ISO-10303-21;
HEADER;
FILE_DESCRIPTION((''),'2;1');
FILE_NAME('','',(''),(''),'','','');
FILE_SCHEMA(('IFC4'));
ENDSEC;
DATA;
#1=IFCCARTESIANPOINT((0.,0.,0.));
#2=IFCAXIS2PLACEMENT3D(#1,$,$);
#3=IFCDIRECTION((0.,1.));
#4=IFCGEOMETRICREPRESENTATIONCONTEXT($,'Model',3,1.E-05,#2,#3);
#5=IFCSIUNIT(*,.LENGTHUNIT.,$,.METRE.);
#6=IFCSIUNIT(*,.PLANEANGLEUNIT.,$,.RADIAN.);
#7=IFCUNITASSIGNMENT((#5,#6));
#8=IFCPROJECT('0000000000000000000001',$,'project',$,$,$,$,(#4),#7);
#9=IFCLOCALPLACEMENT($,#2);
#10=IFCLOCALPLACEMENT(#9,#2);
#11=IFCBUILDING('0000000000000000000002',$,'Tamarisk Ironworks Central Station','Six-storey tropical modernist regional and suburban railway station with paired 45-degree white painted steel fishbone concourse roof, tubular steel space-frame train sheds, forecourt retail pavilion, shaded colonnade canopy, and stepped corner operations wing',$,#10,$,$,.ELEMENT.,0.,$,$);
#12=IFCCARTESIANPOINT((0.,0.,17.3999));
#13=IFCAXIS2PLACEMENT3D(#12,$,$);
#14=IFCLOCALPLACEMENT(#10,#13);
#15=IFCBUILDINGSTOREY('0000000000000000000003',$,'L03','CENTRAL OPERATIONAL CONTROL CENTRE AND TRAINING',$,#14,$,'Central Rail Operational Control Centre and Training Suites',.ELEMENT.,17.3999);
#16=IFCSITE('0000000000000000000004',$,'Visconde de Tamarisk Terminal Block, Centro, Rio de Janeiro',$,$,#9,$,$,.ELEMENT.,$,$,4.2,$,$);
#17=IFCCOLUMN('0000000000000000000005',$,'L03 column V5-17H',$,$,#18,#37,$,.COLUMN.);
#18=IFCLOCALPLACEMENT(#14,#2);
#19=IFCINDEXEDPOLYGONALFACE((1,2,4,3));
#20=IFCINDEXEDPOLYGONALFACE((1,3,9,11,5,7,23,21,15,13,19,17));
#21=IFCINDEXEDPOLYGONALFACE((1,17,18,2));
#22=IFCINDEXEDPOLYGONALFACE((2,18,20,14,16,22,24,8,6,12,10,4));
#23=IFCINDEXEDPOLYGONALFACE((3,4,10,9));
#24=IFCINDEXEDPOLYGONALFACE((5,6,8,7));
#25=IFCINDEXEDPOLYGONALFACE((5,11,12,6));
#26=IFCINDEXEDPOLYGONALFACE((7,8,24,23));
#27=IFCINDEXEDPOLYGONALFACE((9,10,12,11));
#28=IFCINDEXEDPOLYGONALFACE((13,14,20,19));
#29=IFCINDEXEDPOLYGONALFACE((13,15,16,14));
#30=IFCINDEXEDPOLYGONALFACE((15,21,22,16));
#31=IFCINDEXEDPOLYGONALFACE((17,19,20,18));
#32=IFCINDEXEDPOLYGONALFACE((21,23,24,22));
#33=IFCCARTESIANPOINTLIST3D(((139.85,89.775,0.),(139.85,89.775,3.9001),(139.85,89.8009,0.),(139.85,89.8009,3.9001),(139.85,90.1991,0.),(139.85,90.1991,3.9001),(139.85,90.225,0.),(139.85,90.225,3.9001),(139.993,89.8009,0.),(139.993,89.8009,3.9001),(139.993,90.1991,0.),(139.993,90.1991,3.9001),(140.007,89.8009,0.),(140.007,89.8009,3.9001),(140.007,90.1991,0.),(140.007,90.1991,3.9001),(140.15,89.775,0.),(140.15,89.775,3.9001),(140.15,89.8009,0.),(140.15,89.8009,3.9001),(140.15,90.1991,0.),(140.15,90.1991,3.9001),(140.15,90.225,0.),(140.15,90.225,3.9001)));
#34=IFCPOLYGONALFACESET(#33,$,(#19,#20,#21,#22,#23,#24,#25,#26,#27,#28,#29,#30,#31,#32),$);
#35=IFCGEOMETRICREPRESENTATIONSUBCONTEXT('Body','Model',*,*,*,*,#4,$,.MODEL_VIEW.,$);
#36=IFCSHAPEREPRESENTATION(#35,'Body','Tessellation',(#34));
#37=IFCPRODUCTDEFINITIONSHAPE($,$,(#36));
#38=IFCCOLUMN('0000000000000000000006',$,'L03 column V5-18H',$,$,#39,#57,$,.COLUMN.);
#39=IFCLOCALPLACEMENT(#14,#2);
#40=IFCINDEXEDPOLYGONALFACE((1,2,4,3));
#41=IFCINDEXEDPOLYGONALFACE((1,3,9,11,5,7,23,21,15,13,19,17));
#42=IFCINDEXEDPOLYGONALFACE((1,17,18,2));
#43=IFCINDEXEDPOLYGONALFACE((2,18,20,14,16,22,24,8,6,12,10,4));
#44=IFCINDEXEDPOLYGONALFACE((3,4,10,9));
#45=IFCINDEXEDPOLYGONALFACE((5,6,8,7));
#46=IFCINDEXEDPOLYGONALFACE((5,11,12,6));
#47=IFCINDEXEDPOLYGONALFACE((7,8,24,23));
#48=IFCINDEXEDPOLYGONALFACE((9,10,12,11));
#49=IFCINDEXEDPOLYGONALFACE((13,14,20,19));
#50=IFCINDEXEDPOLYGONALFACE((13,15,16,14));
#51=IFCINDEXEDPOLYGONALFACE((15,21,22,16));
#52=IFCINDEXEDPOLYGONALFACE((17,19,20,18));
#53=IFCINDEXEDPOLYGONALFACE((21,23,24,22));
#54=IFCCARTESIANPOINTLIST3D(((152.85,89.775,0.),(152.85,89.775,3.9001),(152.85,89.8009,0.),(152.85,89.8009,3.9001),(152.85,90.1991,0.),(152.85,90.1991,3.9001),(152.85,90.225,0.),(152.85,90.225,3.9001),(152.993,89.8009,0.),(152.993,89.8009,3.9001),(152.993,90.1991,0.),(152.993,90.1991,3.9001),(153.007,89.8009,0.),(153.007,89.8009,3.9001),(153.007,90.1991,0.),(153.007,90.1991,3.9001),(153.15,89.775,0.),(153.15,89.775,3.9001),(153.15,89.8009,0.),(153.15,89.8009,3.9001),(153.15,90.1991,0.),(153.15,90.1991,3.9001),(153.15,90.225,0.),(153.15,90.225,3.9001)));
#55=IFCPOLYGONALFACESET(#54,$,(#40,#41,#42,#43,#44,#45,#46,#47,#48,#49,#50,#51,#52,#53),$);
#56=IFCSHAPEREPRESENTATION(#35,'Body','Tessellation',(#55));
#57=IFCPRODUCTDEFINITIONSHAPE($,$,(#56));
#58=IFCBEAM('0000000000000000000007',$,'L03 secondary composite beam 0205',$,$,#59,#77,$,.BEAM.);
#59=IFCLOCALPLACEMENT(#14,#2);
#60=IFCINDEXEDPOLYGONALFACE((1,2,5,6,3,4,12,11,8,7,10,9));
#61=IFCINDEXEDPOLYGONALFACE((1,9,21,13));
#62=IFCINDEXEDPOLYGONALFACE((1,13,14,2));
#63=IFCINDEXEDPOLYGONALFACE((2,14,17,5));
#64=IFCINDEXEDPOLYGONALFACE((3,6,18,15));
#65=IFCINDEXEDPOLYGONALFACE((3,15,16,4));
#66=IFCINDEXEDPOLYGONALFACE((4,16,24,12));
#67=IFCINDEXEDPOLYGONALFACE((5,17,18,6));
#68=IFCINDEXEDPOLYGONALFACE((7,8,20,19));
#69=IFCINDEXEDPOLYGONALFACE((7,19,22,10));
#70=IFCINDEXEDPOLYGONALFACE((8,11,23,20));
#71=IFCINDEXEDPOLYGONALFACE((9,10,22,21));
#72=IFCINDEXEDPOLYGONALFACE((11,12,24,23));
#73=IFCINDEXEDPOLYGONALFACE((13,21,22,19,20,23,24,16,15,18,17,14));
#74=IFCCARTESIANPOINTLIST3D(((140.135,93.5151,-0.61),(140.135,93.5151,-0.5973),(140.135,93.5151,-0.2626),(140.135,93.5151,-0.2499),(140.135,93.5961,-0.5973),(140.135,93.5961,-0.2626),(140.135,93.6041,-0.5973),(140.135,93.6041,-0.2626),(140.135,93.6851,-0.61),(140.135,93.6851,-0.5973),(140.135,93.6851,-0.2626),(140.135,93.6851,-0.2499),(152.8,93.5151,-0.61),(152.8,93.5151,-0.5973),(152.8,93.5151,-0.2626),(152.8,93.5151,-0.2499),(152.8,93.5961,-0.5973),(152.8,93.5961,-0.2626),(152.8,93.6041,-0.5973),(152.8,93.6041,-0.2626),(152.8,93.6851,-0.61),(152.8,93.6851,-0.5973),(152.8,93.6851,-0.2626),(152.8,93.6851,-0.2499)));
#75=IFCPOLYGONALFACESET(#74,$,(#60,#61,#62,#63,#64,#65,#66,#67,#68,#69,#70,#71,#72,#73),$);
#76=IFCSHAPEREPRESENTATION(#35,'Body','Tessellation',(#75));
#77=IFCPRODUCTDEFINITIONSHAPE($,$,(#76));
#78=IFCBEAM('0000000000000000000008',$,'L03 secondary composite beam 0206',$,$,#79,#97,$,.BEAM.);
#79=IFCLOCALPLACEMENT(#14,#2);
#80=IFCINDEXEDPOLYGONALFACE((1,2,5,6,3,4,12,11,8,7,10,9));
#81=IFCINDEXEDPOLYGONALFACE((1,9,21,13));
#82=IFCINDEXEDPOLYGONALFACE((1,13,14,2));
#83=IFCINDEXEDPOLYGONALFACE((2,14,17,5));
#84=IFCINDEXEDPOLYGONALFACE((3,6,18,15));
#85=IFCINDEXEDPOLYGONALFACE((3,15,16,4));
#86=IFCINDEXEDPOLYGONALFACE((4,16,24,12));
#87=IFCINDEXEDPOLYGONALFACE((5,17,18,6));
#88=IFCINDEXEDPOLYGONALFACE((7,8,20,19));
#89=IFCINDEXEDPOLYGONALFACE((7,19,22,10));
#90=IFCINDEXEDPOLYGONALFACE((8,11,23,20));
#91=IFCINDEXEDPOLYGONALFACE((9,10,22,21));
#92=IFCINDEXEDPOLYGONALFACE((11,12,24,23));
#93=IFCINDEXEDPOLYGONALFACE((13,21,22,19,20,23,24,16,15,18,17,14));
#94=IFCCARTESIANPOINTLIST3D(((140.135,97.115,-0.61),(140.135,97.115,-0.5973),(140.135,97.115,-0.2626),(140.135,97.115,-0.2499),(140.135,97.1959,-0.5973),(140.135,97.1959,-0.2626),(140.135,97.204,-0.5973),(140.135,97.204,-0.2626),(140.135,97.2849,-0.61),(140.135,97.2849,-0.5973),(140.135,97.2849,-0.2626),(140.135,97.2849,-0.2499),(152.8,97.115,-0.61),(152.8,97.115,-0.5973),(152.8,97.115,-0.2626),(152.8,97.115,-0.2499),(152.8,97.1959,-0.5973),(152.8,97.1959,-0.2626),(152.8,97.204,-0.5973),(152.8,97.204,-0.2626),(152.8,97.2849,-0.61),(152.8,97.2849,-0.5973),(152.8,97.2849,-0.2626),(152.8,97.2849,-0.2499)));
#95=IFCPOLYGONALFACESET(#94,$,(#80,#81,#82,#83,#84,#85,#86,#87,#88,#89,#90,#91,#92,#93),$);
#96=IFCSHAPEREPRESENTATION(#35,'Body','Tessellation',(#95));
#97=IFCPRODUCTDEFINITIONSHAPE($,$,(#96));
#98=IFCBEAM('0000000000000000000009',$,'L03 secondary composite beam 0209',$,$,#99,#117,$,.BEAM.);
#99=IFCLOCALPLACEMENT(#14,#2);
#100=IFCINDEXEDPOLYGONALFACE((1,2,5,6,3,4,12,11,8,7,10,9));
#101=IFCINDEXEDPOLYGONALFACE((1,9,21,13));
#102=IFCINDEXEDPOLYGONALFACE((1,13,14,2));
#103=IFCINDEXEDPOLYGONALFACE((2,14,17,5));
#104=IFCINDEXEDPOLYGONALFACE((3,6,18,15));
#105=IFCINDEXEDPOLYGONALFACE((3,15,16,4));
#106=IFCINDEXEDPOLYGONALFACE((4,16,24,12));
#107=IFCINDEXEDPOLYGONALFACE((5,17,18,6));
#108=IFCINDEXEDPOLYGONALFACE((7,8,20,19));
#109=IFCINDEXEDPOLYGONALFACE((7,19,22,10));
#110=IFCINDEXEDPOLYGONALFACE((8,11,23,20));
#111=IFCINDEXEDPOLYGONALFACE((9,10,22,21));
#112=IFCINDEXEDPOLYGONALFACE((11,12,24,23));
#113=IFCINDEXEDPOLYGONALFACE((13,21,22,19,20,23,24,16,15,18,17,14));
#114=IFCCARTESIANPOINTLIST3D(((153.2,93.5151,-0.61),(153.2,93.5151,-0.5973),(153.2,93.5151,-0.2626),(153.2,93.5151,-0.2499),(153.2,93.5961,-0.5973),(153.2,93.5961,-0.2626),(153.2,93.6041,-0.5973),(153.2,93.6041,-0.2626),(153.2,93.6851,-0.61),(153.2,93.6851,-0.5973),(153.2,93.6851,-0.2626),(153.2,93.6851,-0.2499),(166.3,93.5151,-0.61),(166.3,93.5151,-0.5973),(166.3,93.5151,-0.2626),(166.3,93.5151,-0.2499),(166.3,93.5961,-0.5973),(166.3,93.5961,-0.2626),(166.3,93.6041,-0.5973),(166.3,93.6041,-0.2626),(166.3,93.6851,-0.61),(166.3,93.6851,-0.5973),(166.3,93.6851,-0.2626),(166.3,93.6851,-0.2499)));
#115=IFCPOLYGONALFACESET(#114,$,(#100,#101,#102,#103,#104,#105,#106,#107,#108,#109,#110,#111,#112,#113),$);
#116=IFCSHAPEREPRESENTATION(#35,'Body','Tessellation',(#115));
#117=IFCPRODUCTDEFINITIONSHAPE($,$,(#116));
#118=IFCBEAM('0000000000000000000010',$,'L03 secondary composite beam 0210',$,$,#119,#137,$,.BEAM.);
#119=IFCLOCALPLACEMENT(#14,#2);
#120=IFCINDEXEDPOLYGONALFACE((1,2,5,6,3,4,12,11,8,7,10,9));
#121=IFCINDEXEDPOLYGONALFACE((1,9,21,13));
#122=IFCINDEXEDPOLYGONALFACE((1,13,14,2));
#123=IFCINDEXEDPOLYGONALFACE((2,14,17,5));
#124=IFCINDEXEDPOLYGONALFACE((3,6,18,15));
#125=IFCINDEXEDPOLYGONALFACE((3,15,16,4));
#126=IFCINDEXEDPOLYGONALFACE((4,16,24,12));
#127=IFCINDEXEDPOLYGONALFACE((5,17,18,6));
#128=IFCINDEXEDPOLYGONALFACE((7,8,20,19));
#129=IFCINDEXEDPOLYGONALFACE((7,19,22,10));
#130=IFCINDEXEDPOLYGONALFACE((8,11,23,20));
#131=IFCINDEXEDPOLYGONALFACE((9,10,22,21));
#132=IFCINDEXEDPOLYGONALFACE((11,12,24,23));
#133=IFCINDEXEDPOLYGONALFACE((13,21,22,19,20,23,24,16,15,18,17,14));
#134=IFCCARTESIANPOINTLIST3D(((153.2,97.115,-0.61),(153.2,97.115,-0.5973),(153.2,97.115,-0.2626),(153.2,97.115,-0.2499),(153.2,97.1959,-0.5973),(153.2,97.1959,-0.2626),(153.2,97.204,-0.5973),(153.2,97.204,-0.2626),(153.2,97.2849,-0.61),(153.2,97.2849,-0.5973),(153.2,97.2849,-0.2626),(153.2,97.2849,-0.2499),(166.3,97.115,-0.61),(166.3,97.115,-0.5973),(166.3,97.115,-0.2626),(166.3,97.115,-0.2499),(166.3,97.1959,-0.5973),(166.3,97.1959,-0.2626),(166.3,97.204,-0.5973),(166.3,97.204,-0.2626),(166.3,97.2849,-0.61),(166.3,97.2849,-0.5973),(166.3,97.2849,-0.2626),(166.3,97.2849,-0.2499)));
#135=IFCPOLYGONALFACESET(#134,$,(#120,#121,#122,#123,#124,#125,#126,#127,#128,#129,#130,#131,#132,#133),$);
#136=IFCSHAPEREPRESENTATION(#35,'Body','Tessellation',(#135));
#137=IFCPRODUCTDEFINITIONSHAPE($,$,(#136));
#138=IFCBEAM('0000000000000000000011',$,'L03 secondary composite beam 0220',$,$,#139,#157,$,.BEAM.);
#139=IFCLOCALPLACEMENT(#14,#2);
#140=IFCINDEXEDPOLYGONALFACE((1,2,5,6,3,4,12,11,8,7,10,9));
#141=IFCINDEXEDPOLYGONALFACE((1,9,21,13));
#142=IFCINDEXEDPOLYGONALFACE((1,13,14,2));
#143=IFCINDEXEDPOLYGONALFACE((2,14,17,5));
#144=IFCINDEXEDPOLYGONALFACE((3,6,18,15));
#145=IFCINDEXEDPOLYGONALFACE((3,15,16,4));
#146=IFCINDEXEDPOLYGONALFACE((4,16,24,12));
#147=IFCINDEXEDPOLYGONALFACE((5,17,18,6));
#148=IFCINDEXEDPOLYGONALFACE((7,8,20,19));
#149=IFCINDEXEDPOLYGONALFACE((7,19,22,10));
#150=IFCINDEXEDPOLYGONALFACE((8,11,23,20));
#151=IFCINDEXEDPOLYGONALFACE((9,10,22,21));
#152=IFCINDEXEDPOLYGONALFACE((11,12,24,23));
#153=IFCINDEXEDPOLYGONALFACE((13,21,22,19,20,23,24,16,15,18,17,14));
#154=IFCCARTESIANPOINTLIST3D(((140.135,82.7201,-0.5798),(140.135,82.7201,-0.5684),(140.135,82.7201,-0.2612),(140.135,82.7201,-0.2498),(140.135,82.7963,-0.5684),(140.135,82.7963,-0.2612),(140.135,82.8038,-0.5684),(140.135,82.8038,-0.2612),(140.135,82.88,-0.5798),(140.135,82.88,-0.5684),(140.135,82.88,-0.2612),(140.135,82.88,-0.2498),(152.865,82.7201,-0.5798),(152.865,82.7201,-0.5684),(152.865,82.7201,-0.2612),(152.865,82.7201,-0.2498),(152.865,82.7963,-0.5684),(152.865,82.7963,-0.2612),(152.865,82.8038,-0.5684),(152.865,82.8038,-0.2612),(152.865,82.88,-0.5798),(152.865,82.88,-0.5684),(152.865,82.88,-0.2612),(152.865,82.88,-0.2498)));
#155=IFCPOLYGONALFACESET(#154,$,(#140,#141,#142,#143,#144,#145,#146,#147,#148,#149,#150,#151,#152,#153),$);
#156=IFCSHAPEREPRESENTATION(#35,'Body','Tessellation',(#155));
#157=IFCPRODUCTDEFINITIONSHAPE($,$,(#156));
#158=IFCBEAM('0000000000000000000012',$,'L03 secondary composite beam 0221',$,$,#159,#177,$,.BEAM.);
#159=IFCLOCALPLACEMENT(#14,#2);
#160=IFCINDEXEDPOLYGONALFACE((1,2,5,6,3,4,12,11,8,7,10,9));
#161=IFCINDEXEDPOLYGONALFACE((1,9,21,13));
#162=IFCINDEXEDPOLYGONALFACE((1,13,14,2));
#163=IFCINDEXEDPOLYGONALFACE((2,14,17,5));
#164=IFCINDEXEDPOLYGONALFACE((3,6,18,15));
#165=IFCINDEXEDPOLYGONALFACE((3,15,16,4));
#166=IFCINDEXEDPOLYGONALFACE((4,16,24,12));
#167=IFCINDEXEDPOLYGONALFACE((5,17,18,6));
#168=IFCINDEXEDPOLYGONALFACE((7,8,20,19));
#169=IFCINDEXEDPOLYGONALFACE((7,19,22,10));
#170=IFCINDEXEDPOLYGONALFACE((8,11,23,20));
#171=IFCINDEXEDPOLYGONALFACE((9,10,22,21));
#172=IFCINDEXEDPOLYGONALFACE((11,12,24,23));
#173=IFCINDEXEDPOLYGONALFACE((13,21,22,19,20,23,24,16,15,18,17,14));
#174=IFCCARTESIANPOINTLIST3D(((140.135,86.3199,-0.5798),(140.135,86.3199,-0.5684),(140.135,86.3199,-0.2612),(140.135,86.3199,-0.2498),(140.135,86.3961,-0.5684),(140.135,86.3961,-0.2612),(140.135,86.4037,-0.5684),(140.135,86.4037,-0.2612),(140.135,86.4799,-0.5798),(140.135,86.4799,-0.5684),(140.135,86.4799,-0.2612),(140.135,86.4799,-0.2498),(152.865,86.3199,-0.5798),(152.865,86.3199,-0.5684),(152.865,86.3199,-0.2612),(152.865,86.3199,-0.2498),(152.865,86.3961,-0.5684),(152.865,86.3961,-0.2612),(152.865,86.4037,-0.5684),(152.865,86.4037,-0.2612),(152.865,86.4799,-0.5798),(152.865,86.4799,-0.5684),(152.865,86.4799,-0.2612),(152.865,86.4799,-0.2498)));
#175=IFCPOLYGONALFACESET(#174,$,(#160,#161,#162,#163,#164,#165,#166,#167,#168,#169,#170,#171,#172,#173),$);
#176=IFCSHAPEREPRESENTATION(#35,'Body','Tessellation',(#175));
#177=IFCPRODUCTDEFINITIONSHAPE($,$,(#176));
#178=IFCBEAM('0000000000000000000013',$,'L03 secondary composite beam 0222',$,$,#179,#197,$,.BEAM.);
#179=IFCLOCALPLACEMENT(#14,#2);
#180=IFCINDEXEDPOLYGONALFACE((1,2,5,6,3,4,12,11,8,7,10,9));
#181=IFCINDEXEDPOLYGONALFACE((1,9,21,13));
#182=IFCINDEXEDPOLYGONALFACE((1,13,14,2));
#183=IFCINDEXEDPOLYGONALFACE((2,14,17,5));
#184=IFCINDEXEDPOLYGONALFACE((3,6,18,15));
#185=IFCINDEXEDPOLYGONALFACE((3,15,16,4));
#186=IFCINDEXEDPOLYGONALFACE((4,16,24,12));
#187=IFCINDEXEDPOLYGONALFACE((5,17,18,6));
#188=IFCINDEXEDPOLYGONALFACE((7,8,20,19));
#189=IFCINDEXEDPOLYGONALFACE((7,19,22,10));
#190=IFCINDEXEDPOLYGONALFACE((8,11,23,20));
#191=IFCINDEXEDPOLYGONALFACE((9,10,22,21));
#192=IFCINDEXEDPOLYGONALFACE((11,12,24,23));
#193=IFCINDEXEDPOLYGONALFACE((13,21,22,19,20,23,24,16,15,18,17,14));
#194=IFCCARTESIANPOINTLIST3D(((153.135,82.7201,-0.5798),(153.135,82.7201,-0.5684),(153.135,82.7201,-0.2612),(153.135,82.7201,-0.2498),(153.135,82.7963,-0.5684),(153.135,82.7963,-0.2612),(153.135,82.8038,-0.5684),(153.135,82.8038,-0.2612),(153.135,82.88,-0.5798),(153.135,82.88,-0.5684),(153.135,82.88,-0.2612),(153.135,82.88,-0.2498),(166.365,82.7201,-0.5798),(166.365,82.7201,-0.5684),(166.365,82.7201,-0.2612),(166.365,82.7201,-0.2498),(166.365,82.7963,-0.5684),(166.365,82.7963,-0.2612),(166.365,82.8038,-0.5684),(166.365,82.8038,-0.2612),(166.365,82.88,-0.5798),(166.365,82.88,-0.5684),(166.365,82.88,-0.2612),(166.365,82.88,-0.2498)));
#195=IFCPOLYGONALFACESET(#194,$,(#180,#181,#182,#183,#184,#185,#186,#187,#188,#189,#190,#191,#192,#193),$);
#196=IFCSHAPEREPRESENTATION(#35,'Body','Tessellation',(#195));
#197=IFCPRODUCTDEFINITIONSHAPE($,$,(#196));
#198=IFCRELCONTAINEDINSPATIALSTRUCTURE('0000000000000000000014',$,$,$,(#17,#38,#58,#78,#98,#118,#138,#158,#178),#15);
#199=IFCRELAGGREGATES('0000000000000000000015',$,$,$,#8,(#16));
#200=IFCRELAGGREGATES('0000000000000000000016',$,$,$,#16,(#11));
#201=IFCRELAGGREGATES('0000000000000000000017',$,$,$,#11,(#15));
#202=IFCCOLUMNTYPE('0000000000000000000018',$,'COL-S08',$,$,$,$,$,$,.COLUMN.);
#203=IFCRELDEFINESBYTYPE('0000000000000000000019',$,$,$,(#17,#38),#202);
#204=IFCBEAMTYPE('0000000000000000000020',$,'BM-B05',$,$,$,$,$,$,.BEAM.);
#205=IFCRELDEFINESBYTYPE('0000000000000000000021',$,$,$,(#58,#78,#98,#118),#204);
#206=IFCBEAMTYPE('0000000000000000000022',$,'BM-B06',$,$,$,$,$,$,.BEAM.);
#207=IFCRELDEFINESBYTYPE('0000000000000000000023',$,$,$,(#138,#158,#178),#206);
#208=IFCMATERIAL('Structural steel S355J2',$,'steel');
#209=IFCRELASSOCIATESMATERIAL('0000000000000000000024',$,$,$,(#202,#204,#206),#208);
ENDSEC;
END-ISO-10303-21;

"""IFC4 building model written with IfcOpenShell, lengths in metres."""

from ifc_helpers import new_model, si_unit, direction, frame, origin, origin_2d, place, context, subcontext, project, spatial, i_section, extrude, material, material_profile, profile_set, type_object, element, save


model = new_model("IFC4")

# Units and contexts
model_context = context("Model", 3, precision=1e-05, world=origin(), true_north=direction((0.0, 1.0)))
body_context = subcontext(model_context, "Body", "Model", "MODEL_VIEW")
ifc_project = project(units=[si_unit("LENGTHUNIT", "METRE"), si_unit("PLANEANGLEUNIT", "RADIAN")], contexts=[model_context])

# Site, building, storey
site_placement = place(None, origin())
site = spatial("IfcSite", under=ifc_project, at=site_placement, Name="Visconde de Tamarisk Terminal Block, Centro, Rio de Janeiro", CompositionType="ELEMENT", RefElevation=4.2)
building_placement = place(site_placement, origin())
building = spatial("IfcBuilding", under=site, at=building_placement, Name="Tamarisk Ironworks Central Station", Description="Six-storey tropical modernist regional and suburban railway station with paired 45-degree white painted steel fishbone concourse roof, tubular steel space-frame train sheds, forecourt retail pavilion, shaded colonnade canopy, and stepped corner operations wing", CompositionType="ELEMENT", ElevationOfRefHeight=0.0)
storey_placement = place(building_placement, frame((0.0, 0.0, 17.3999)))
storey = spatial("IfcBuildingStorey", under=building, at=storey_placement, Name="L03", Description="CENTRAL OPERATIONAL CONTROL CENTRE AND TRAINING", LongName="Central Rail Operational Control Centre and Training Suites", CompositionType="ELEMENT", Elevation=17.3999)

# Columns
ifc_material_1 = material(Name="Structural steel S355J2", Category="steel")
ifc_material_profile_1 = material_profile(ifc_material_1, i_section(OverallWidth=0.3, OverallDepth=0.45, WebThickness=0.0139, FlangeThickness=0.0259, at=origin_2d()), Name="HEB 450")
ifc_profile_set_1 = profile_set([ifc_material_profile_1], Name="Structural steel S355J2")
column_type = type_object("IfcColumnType", Name="COL-S08", PredefinedType="COLUMN", material=ifc_profile_set_1)
for number, where, z_axis, x_axis, name in (
    (1, (140.0, 90.0, 0.0), (0.0, 0.0, 1.0), (1.0, 0.0, 0.0), "L03 column V5-17H"),
    (2, (153.0, 90.0, 0.0), (0.0, 0.0, 1.0), (1.0, 0.0, 0.0), "L03 column V5-18H"),
):
    element("IfcColumn", number, at=place(storey_placement, frame(where, z_axis=z_axis, x_axis=x_axis)), inside=storey, type_object=column_type, Name=name, PredefinedType="COLUMN", context=body_context, shape_type="SweptSolid", body=[
        extrude(i_section(OverallWidth=0.3, OverallDepth=0.45, WebThickness=0.0139, FlangeThickness=0.0259, at=origin_2d()), origin(), (0.0, 0.0, 1.0), 3.9001),
    ])

# Beams
ifc_material_profile_2 = material_profile(ifc_material_1, i_section(OverallWidth=0.1699, OverallDepth=0.3601, WebThickness=0.0081, FlangeThickness=0.0127, at=origin_2d()), Name="IPE 360")
ifc_profile_set_2 = profile_set([ifc_material_profile_2], Name="Structural steel S355J2")
beam_type_1 = type_object("IfcBeamType", Name="BM-B05", PredefinedType="BEAM", material=ifc_profile_set_2)
for number, where, z_axis, x_axis, name in (
    (3, (140.135, 93.6001, -0.4299), (1.0, 0.0, 0.0), (0.0, 1.0, 0.0), "L03 secondary composite beam 0205"),
    (4, (140.135, 97.2, -0.4299), (1.0, 0.0, 0.0), (0.0, 1.0, 0.0), "L03 secondary composite beam 0206"),
):
    element("IfcBeam", number, at=place(storey_placement, frame(where, z_axis=z_axis, x_axis=x_axis)), inside=storey, type_object=beam_type_1, Name=name, PredefinedType="BEAM", context=body_context, shape_type="SweptSolid", body=[
        extrude(i_section(OverallWidth=0.1699, OverallDepth=0.3601, WebThickness=0.0081, FlangeThickness=0.0127, at=origin_2d()), origin(), (0.0, 0.0, 1.0), 12.665),
    ])
for number, where, z_axis, x_axis, name in (
    (5, (153.2, 93.6001, -0.4299), (1.0, 0.0, 0.0), (0.0, 1.0, 0.0), "L03 secondary composite beam 0209"),
    (6, (153.2, 97.2, -0.4299), (1.0, 0.0, 0.0), (0.0, 1.0, 0.0), "L03 secondary composite beam 0210"),
):
    element("IfcBeam", number, at=place(storey_placement, frame(where, z_axis=z_axis, x_axis=x_axis)), inside=storey, type_object=beam_type_1, Name=name, PredefinedType="BEAM", context=body_context, shape_type="SweptSolid", body=[
        extrude(i_section(OverallWidth=0.1699, OverallDepth=0.3601, WebThickness=0.0081, FlangeThickness=0.0127, at=origin_2d()), origin(), (0.0, 0.0, 1.0), 13.1001),
    ])
ifc_material_profile_3 = material_profile(ifc_material_1, i_section(OverallWidth=0.1599, OverallDepth=0.3301, WebThickness=0.0076, FlangeThickness=0.0115, at=origin_2d()), Name="IPE 330")
ifc_profile_set_3 = profile_set([ifc_material_profile_3], Name="Structural steel S355J2")
beam_type_2 = type_object("IfcBeamType", Name="BM-B06", PredefinedType="BEAM", material=ifc_profile_set_3)
for number, where, z_axis, x_axis, name in (
    (7, (140.135, 82.8, -0.4148), (1.0, 0.0, 0.0), (0.0, 1.0, 0.0), "L03 secondary composite beam 0220"),
    (8, (140.135, 86.3999, -0.4148), (1.0, 0.0, 0.0), (0.0, 1.0, 0.0), "L03 secondary composite beam 0221"),
):
    element("IfcBeam", number, at=place(storey_placement, frame(where, z_axis=z_axis, x_axis=x_axis)), inside=storey, type_object=beam_type_2, Name=name, PredefinedType="BEAM", context=body_context, shape_type="SweptSolid", body=[
        extrude(i_section(OverallWidth=0.1599, OverallDepth=0.3301, WebThickness=0.0076, FlangeThickness=0.0115, at=origin_2d()), origin(), (0.0, 0.0, 1.0), 12.73),
    ])
for number, where, z_axis, x_axis, name in (
    (9, (153.135, 82.8, -0.4148), (1.0, 0.0, 0.0), (0.0, 1.0, 0.0), "L03 secondary composite beam 0222"),
):
    element("IfcBeam", number, at=place(storey_placement, frame(where, z_axis=z_axis, x_axis=x_axis)), inside=storey, type_object=beam_type_2, Name=name, PredefinedType="BEAM", context=body_context, shape_type="SweptSolid", body=[
        extrude(i_section(OverallWidth=0.1599, OverallDepth=0.3301, WebThickness=0.0076, FlangeThickness=0.0115, at=origin_2d()), origin(), (0.0, 0.0, 1.0), 13.23),
    ])

save(model, "model.ifc")
